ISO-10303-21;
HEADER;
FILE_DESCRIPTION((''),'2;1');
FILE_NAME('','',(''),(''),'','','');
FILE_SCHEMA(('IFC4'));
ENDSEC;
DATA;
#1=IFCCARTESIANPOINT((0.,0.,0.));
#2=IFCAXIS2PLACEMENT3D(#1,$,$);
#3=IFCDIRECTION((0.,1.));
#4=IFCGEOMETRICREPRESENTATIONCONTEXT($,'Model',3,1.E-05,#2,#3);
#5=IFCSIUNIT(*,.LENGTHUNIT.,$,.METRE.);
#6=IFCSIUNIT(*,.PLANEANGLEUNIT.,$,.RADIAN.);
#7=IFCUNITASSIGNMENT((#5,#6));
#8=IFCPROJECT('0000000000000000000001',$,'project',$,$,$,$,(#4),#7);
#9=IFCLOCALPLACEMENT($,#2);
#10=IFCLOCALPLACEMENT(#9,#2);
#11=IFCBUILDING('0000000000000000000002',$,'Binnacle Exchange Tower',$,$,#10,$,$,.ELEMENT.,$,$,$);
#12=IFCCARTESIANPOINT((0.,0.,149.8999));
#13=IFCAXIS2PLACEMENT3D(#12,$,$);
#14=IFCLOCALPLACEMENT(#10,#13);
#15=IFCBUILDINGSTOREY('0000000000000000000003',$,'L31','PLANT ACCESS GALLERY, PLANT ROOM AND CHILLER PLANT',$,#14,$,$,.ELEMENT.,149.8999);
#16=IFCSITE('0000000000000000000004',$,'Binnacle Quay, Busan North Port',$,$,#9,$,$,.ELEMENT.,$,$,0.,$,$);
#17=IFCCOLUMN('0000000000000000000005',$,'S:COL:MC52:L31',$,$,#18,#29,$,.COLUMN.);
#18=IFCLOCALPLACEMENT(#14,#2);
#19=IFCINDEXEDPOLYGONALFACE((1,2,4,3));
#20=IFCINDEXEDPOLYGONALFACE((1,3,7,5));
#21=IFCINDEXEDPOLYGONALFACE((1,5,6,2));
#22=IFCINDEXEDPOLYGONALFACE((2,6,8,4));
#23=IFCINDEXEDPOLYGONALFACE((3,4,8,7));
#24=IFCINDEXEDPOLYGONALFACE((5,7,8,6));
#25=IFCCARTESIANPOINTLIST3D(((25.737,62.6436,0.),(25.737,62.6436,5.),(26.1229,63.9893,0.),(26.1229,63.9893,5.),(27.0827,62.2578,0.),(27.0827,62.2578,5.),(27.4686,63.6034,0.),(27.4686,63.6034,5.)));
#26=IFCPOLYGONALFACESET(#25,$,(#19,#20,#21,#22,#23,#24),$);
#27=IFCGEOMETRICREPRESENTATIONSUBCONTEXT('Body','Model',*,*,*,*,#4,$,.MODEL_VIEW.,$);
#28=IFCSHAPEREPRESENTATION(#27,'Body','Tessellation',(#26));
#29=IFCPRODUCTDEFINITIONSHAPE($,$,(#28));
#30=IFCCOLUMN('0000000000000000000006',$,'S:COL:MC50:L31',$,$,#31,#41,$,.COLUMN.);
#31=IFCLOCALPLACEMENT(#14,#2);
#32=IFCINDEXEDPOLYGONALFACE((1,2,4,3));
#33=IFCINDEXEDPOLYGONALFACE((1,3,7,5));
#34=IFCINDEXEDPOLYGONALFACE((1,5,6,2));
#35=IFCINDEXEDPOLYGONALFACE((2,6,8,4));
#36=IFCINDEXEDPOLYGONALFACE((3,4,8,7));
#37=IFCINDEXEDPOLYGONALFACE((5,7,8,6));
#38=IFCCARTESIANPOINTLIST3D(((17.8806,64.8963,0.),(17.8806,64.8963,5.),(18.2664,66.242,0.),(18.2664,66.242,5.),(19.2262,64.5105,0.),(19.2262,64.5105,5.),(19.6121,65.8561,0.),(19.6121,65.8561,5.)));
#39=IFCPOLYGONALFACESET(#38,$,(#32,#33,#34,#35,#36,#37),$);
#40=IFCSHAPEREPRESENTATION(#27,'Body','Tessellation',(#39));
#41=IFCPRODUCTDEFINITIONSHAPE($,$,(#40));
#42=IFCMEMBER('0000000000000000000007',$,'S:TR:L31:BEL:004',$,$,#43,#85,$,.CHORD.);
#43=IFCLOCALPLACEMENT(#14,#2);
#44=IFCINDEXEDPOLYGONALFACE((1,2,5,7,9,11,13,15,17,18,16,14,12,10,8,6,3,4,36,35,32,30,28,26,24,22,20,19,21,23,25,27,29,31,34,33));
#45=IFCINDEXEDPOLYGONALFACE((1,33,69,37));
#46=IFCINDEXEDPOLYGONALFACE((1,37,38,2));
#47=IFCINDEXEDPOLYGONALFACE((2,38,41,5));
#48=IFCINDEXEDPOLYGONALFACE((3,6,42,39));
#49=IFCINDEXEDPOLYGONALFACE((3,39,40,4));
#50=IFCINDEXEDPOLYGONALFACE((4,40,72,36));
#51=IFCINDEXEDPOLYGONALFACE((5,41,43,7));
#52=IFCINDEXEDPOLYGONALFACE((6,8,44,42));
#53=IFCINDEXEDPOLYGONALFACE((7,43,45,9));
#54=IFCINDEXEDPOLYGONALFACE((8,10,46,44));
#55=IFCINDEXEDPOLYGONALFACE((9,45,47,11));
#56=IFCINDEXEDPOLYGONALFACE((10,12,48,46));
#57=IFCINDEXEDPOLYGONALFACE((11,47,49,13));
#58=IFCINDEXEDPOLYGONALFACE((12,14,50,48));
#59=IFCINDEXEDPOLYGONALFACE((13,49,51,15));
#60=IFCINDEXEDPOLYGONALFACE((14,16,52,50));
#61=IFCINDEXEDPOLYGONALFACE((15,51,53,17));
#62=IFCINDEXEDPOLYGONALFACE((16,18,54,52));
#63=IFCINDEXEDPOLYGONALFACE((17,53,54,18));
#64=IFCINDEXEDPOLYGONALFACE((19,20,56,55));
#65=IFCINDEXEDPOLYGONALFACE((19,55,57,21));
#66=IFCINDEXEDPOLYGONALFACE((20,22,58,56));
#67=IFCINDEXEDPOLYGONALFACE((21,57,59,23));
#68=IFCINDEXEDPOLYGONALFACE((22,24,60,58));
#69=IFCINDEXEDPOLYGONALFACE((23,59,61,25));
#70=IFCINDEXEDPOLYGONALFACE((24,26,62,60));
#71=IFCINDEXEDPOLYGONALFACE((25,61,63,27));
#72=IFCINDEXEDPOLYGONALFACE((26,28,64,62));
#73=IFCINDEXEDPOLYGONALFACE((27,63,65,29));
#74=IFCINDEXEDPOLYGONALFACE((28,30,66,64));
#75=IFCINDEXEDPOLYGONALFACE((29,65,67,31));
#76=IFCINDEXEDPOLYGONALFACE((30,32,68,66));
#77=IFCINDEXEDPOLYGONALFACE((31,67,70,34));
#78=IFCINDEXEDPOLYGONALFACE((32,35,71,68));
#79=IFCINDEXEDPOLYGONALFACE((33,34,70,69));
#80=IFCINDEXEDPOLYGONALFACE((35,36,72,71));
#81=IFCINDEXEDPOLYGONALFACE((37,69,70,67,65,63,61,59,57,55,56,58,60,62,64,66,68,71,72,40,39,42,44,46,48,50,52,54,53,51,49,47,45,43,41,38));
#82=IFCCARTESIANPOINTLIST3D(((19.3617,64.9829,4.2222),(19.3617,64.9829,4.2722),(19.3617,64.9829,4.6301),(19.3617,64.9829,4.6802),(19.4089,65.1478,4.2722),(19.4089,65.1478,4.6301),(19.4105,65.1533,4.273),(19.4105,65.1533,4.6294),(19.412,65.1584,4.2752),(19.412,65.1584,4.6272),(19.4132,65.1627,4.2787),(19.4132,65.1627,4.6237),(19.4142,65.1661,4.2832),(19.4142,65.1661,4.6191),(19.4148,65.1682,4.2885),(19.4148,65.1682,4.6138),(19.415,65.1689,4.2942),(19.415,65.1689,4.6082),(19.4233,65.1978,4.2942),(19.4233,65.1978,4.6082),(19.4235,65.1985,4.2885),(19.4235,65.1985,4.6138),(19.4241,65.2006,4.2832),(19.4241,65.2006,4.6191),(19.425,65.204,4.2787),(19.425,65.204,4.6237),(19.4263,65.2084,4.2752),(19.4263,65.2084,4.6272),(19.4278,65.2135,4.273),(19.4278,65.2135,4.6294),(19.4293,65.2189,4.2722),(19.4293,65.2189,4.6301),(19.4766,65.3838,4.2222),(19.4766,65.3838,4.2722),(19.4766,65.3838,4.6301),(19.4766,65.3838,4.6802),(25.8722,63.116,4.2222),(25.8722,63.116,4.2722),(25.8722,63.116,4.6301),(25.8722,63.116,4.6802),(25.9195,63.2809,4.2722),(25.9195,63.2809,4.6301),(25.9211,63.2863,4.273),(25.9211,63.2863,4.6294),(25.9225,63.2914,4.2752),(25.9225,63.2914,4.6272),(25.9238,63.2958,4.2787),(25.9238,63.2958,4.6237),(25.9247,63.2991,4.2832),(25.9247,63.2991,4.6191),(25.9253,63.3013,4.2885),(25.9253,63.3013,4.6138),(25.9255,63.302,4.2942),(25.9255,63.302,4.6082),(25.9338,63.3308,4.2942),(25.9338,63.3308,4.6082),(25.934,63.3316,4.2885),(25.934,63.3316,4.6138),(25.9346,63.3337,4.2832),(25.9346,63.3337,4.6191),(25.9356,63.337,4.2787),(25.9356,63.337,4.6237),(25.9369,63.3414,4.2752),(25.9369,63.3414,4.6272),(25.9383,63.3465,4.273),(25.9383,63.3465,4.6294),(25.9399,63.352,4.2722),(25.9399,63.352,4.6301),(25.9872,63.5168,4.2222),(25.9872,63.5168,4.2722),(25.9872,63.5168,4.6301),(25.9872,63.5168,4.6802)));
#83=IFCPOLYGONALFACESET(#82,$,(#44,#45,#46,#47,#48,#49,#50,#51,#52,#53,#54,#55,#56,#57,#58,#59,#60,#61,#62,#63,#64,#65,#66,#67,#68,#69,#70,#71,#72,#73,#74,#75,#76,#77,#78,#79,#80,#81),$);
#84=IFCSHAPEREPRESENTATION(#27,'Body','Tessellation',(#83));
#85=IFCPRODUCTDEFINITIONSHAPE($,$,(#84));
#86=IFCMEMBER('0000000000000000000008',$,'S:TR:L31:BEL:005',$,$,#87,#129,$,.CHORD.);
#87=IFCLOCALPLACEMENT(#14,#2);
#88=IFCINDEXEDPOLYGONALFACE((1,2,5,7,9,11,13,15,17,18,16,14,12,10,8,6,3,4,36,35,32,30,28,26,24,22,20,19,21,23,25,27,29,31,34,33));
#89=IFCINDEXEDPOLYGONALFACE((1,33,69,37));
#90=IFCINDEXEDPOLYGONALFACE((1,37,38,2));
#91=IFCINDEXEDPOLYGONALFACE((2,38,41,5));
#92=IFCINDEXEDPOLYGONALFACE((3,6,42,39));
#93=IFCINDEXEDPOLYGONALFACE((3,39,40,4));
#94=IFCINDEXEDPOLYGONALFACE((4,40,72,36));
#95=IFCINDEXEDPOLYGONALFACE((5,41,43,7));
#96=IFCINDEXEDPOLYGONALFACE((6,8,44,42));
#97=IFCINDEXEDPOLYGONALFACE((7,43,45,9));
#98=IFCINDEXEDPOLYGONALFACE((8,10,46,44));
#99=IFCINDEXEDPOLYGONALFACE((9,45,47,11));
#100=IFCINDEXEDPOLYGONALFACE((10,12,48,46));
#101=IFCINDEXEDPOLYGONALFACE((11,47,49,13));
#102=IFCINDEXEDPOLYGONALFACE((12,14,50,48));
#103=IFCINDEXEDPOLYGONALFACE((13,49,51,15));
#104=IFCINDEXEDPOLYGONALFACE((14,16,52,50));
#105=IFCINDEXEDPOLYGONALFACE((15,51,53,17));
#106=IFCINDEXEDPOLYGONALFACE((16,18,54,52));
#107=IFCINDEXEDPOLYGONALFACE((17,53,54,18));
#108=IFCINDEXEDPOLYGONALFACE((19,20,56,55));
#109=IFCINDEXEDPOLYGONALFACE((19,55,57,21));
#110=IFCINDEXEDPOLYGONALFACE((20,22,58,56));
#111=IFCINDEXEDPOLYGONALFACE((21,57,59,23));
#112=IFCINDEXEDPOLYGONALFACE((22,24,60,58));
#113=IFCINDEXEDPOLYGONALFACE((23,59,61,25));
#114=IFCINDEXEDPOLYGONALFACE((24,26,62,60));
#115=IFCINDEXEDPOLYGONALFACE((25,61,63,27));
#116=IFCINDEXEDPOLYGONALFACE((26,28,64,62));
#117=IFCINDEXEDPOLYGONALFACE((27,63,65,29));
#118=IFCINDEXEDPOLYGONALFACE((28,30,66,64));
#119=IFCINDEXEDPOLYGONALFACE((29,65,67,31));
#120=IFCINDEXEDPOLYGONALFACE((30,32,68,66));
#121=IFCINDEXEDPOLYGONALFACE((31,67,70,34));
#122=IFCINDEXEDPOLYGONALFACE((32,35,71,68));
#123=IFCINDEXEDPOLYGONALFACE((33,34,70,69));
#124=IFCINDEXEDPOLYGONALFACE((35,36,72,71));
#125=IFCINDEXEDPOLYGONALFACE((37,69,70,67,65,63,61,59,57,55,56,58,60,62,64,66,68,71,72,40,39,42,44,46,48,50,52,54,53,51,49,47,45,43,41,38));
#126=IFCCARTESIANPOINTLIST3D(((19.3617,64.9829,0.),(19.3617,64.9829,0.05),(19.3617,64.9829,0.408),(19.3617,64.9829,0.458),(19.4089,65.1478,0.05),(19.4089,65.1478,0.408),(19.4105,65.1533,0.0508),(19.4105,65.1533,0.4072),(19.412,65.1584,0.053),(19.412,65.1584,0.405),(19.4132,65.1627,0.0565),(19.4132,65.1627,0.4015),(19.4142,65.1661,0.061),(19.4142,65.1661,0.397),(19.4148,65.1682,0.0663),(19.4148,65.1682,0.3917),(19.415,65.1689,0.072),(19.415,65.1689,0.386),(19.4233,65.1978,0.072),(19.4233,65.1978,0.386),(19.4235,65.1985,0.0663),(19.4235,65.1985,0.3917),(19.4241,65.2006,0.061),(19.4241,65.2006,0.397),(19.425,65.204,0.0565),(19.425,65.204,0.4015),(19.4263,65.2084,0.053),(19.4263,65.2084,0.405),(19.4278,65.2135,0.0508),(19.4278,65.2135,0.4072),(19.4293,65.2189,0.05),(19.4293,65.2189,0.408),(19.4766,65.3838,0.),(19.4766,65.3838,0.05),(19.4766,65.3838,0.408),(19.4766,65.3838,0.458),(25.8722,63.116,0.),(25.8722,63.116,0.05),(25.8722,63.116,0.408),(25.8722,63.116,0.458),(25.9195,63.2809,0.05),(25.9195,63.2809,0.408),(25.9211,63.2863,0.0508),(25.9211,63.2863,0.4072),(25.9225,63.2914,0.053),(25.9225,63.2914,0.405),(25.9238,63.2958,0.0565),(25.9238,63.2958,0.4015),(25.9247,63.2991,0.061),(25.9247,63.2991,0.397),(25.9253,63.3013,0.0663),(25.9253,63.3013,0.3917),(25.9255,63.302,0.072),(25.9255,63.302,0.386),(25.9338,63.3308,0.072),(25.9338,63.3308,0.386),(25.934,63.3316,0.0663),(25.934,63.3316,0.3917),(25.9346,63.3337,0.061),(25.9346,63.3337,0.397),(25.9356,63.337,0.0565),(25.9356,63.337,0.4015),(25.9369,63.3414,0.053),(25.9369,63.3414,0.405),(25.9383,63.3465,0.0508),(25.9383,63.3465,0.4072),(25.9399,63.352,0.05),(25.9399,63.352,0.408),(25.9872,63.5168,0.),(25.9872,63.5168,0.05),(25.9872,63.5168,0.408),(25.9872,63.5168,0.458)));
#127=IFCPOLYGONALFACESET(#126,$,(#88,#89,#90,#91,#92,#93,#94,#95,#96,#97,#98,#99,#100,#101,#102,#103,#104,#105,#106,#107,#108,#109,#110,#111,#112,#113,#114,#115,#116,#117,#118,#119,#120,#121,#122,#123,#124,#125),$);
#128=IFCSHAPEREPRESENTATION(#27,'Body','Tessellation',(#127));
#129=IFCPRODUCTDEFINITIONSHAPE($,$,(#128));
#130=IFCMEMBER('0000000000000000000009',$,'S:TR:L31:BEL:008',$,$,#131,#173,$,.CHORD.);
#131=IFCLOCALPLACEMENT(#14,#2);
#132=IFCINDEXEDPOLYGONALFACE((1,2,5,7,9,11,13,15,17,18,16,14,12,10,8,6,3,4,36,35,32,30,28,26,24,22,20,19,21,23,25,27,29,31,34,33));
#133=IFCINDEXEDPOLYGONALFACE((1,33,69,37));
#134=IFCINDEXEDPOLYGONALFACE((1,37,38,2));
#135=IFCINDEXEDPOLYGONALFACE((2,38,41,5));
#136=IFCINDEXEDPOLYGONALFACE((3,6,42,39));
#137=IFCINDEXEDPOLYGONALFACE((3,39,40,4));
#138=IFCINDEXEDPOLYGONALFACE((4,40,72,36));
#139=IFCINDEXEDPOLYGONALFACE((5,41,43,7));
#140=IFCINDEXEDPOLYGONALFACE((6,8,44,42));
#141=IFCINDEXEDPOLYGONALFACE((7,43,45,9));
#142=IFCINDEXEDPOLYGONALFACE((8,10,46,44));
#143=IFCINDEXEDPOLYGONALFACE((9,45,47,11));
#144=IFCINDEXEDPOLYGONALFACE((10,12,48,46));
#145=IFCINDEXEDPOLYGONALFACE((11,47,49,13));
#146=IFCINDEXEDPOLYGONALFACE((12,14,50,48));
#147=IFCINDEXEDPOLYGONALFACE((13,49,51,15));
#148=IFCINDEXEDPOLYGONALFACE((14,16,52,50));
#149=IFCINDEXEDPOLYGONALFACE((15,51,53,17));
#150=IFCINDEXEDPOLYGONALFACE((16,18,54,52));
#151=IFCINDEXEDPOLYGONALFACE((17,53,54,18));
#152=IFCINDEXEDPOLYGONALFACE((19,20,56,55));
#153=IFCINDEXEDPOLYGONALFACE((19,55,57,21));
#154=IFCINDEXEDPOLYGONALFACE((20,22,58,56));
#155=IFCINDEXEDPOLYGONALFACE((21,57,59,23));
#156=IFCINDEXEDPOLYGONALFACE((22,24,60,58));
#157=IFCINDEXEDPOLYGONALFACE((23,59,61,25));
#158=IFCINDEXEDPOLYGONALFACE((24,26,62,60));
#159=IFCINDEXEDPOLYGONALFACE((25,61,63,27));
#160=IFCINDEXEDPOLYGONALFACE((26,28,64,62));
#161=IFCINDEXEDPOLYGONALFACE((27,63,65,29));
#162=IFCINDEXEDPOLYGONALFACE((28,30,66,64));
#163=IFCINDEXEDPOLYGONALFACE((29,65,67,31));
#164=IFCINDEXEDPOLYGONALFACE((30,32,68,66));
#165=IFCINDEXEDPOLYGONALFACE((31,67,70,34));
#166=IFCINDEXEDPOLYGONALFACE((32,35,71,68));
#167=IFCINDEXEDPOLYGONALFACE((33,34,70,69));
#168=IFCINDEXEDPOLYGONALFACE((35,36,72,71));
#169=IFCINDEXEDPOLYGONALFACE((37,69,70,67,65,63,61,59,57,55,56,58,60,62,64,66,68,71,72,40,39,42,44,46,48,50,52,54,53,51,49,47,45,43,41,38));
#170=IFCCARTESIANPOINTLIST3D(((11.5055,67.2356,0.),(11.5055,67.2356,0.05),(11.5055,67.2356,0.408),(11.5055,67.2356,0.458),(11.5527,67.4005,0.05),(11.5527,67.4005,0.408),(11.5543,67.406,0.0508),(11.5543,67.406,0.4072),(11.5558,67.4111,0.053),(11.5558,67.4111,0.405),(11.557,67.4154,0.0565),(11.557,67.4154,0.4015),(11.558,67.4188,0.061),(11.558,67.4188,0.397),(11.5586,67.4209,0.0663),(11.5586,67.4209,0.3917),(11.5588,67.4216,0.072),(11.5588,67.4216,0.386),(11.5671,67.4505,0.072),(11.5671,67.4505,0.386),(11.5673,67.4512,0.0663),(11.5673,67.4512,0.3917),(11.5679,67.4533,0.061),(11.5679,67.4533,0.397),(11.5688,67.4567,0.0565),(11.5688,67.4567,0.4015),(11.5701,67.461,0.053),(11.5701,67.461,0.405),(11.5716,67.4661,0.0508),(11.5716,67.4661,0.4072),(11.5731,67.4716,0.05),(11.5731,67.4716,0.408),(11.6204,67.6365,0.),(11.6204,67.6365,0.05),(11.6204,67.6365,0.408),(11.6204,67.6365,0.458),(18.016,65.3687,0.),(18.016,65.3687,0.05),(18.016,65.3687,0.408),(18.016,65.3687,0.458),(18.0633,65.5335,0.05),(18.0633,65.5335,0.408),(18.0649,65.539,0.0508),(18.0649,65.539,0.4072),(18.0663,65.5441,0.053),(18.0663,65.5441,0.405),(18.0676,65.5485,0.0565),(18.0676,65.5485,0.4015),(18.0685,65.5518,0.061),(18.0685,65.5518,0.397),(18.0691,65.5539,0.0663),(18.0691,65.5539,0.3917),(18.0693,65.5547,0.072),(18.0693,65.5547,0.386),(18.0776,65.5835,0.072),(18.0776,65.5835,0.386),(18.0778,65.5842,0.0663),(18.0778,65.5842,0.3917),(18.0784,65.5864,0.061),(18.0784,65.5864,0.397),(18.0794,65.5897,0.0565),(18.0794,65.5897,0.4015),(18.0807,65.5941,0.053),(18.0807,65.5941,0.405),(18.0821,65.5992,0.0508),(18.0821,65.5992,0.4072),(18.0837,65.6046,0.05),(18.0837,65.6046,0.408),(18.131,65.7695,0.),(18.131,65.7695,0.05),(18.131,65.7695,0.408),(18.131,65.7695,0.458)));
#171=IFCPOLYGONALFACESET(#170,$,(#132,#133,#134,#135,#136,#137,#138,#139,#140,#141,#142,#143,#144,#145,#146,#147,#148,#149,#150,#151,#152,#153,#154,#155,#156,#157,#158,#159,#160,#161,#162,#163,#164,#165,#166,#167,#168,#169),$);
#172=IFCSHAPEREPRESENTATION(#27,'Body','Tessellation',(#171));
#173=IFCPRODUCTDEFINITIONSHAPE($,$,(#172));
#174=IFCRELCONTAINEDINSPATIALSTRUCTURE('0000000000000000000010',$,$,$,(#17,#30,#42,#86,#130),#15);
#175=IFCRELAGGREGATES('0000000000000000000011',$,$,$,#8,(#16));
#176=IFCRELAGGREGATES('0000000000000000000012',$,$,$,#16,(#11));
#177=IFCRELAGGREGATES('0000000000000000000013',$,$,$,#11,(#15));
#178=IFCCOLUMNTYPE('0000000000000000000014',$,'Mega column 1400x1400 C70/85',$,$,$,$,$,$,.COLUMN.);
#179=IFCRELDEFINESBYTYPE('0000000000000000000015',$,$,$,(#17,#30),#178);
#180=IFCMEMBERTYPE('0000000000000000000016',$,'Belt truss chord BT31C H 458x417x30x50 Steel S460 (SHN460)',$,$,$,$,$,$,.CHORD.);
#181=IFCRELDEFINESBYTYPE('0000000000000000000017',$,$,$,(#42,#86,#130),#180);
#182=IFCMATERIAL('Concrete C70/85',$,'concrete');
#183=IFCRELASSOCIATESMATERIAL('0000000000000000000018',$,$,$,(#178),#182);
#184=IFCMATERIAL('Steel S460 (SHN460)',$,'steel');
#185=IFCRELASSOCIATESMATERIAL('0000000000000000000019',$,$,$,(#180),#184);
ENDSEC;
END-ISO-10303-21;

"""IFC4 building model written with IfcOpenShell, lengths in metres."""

from ifc_helpers import new_model, si_unit, direction, frame, origin, origin_2d, place, context, subcontext, project, spatial, rectangle, i_section, extrude, material, material_profile, profile_set, type_object, element, save


model = new_model("IFC4")

# Units and contexts
model_context = context("Model", 3, precision=1e-05, world=origin(), true_north=direction((0.0, 1.0)))
body_context = subcontext(model_context, "Body", "Model", "MODEL_VIEW")
ifc_project = project(units=[si_unit("LENGTHUNIT", "METRE"), si_unit("PLANEANGLEUNIT", "RADIAN")], contexts=[model_context])

# Site, building, storey
site_placement = place(None, origin())
site = spatial("IfcSite", under=ifc_project, at=site_placement, Name="Binnacle Quay, Busan North Port", CompositionType="ELEMENT", RefElevation=0.0)
building_placement = place(site_placement, origin())
building = spatial("IfcBuilding", under=site, at=building_placement, Name="Binnacle Exchange Tower", CompositionType="ELEMENT")
storey_placement = place(building_placement, frame((0.0, 0.0, 149.8999)))
storey = spatial("IfcBuildingStorey", under=building, at=storey_placement, Name="L31", Description="PLANT ACCESS GALLERY, PLANT ROOM AND CHILLER PLANT", CompositionType="ELEMENT", Elevation=149.8999)

# Columns
ifc_material_1 = material(Name="Concrete C70/85", Category="concrete")
ifc_material_profile_1 = material_profile(ifc_material_1, rectangle(XDim=1.3999, YDim=1.3999, at=origin_2d()), Name="Mega column 1400x1400 C70/85")
ifc_profile_set_1 = profile_set([ifc_material_profile_1], Name="Concrete C70/85")
column_type = type_object("IfcColumnType", Name="Mega column 1400x1400 C70/85", PredefinedType="COLUMN", material=ifc_profile_set_1)
for number, where, z_axis, x_axis, name in (
    (1, (26.6028, 63.1235, 0.0), (0.0, 0.0, 1.0), (-0.961262, 0.275637, 0.0), "S:COL:MC52:L31"),
    (2, (18.7463, 65.3762, 0.0), (0.0, 0.0, 1.0), (-0.961262, 0.275637, 0.0), "S:COL:MC50:L31"),
):
    element("IfcColumn", number, at=place(storey_placement, frame(where, z_axis=z_axis, x_axis=x_axis)), inside=storey, type_object=column_type, Name=name, PredefinedType="COLUMN", context=body_context, shape_type="SweptSolid", body=[
        extrude(rectangle(XDim=1.3999, YDim=1.3999, at=origin_2d()), origin(), (0.0, 0.0, 1.0), 5.0),
    ])

# Members
ifc_material_2 = material(Name="Steel S460 (SHN460)", Category="steel")
ifc_material_profile_2 = material_profile(ifc_material_2, i_section(OverallWidth=0.417, OverallDepth=0.458, WebThickness=0.03, FlangeThickness=0.05, FilletRadius=0.022, at=origin_2d()), Name="H 458x417x30x50")
ifc_profile_set_2 = profile_set([ifc_material_profile_2], Name="Steel S460 (SHN460)")
member_type_1 = type_object("IfcMemberType", Name="Belt truss chord BT31C H 458x417x30x50 Steel S460 (SHN460)", PredefinedType="CHORD", material=ifc_profile_set_2)
for number, where, z_axis, x_axis, name in (
    (3, (25.9297, 63.3164, 4.4512), (-0.961258, 0.275649, 0.0), (-0.275649, -0.961258, 0.0), "S:TR:L31:BEL:004"),
    (4, (25.9297, 63.3164, 0.229), (-0.961258, 0.275649, 0.0), (-0.275649, -0.961258, 0.0), "S:TR:L31:BEL:005"),
    (5, (18.0735, 65.5691, 0.229), (-0.961258, 0.275649, 0.0), (-0.275649, -0.961258, 0.0), "S:TR:L31:BEL:008"),
):
    element("IfcMember", number, at=place(storey_placement, frame(where, z_axis=z_axis, x_axis=x_axis)), inside=storey, type_object=member_type_1, Name=name, PredefinedType="CHORD", context=body_context, shape_type="SweptSolid", body=[
        extrude(i_section(OverallWidth=0.417, OverallDepth=0.458, WebThickness=0.03, FlangeThickness=0.05, FilletRadius=0.022, at=origin_2d()), origin(), (0.0, 0.0, 1.0), 6.7729),
    ])

save(model, "model.ifc")
